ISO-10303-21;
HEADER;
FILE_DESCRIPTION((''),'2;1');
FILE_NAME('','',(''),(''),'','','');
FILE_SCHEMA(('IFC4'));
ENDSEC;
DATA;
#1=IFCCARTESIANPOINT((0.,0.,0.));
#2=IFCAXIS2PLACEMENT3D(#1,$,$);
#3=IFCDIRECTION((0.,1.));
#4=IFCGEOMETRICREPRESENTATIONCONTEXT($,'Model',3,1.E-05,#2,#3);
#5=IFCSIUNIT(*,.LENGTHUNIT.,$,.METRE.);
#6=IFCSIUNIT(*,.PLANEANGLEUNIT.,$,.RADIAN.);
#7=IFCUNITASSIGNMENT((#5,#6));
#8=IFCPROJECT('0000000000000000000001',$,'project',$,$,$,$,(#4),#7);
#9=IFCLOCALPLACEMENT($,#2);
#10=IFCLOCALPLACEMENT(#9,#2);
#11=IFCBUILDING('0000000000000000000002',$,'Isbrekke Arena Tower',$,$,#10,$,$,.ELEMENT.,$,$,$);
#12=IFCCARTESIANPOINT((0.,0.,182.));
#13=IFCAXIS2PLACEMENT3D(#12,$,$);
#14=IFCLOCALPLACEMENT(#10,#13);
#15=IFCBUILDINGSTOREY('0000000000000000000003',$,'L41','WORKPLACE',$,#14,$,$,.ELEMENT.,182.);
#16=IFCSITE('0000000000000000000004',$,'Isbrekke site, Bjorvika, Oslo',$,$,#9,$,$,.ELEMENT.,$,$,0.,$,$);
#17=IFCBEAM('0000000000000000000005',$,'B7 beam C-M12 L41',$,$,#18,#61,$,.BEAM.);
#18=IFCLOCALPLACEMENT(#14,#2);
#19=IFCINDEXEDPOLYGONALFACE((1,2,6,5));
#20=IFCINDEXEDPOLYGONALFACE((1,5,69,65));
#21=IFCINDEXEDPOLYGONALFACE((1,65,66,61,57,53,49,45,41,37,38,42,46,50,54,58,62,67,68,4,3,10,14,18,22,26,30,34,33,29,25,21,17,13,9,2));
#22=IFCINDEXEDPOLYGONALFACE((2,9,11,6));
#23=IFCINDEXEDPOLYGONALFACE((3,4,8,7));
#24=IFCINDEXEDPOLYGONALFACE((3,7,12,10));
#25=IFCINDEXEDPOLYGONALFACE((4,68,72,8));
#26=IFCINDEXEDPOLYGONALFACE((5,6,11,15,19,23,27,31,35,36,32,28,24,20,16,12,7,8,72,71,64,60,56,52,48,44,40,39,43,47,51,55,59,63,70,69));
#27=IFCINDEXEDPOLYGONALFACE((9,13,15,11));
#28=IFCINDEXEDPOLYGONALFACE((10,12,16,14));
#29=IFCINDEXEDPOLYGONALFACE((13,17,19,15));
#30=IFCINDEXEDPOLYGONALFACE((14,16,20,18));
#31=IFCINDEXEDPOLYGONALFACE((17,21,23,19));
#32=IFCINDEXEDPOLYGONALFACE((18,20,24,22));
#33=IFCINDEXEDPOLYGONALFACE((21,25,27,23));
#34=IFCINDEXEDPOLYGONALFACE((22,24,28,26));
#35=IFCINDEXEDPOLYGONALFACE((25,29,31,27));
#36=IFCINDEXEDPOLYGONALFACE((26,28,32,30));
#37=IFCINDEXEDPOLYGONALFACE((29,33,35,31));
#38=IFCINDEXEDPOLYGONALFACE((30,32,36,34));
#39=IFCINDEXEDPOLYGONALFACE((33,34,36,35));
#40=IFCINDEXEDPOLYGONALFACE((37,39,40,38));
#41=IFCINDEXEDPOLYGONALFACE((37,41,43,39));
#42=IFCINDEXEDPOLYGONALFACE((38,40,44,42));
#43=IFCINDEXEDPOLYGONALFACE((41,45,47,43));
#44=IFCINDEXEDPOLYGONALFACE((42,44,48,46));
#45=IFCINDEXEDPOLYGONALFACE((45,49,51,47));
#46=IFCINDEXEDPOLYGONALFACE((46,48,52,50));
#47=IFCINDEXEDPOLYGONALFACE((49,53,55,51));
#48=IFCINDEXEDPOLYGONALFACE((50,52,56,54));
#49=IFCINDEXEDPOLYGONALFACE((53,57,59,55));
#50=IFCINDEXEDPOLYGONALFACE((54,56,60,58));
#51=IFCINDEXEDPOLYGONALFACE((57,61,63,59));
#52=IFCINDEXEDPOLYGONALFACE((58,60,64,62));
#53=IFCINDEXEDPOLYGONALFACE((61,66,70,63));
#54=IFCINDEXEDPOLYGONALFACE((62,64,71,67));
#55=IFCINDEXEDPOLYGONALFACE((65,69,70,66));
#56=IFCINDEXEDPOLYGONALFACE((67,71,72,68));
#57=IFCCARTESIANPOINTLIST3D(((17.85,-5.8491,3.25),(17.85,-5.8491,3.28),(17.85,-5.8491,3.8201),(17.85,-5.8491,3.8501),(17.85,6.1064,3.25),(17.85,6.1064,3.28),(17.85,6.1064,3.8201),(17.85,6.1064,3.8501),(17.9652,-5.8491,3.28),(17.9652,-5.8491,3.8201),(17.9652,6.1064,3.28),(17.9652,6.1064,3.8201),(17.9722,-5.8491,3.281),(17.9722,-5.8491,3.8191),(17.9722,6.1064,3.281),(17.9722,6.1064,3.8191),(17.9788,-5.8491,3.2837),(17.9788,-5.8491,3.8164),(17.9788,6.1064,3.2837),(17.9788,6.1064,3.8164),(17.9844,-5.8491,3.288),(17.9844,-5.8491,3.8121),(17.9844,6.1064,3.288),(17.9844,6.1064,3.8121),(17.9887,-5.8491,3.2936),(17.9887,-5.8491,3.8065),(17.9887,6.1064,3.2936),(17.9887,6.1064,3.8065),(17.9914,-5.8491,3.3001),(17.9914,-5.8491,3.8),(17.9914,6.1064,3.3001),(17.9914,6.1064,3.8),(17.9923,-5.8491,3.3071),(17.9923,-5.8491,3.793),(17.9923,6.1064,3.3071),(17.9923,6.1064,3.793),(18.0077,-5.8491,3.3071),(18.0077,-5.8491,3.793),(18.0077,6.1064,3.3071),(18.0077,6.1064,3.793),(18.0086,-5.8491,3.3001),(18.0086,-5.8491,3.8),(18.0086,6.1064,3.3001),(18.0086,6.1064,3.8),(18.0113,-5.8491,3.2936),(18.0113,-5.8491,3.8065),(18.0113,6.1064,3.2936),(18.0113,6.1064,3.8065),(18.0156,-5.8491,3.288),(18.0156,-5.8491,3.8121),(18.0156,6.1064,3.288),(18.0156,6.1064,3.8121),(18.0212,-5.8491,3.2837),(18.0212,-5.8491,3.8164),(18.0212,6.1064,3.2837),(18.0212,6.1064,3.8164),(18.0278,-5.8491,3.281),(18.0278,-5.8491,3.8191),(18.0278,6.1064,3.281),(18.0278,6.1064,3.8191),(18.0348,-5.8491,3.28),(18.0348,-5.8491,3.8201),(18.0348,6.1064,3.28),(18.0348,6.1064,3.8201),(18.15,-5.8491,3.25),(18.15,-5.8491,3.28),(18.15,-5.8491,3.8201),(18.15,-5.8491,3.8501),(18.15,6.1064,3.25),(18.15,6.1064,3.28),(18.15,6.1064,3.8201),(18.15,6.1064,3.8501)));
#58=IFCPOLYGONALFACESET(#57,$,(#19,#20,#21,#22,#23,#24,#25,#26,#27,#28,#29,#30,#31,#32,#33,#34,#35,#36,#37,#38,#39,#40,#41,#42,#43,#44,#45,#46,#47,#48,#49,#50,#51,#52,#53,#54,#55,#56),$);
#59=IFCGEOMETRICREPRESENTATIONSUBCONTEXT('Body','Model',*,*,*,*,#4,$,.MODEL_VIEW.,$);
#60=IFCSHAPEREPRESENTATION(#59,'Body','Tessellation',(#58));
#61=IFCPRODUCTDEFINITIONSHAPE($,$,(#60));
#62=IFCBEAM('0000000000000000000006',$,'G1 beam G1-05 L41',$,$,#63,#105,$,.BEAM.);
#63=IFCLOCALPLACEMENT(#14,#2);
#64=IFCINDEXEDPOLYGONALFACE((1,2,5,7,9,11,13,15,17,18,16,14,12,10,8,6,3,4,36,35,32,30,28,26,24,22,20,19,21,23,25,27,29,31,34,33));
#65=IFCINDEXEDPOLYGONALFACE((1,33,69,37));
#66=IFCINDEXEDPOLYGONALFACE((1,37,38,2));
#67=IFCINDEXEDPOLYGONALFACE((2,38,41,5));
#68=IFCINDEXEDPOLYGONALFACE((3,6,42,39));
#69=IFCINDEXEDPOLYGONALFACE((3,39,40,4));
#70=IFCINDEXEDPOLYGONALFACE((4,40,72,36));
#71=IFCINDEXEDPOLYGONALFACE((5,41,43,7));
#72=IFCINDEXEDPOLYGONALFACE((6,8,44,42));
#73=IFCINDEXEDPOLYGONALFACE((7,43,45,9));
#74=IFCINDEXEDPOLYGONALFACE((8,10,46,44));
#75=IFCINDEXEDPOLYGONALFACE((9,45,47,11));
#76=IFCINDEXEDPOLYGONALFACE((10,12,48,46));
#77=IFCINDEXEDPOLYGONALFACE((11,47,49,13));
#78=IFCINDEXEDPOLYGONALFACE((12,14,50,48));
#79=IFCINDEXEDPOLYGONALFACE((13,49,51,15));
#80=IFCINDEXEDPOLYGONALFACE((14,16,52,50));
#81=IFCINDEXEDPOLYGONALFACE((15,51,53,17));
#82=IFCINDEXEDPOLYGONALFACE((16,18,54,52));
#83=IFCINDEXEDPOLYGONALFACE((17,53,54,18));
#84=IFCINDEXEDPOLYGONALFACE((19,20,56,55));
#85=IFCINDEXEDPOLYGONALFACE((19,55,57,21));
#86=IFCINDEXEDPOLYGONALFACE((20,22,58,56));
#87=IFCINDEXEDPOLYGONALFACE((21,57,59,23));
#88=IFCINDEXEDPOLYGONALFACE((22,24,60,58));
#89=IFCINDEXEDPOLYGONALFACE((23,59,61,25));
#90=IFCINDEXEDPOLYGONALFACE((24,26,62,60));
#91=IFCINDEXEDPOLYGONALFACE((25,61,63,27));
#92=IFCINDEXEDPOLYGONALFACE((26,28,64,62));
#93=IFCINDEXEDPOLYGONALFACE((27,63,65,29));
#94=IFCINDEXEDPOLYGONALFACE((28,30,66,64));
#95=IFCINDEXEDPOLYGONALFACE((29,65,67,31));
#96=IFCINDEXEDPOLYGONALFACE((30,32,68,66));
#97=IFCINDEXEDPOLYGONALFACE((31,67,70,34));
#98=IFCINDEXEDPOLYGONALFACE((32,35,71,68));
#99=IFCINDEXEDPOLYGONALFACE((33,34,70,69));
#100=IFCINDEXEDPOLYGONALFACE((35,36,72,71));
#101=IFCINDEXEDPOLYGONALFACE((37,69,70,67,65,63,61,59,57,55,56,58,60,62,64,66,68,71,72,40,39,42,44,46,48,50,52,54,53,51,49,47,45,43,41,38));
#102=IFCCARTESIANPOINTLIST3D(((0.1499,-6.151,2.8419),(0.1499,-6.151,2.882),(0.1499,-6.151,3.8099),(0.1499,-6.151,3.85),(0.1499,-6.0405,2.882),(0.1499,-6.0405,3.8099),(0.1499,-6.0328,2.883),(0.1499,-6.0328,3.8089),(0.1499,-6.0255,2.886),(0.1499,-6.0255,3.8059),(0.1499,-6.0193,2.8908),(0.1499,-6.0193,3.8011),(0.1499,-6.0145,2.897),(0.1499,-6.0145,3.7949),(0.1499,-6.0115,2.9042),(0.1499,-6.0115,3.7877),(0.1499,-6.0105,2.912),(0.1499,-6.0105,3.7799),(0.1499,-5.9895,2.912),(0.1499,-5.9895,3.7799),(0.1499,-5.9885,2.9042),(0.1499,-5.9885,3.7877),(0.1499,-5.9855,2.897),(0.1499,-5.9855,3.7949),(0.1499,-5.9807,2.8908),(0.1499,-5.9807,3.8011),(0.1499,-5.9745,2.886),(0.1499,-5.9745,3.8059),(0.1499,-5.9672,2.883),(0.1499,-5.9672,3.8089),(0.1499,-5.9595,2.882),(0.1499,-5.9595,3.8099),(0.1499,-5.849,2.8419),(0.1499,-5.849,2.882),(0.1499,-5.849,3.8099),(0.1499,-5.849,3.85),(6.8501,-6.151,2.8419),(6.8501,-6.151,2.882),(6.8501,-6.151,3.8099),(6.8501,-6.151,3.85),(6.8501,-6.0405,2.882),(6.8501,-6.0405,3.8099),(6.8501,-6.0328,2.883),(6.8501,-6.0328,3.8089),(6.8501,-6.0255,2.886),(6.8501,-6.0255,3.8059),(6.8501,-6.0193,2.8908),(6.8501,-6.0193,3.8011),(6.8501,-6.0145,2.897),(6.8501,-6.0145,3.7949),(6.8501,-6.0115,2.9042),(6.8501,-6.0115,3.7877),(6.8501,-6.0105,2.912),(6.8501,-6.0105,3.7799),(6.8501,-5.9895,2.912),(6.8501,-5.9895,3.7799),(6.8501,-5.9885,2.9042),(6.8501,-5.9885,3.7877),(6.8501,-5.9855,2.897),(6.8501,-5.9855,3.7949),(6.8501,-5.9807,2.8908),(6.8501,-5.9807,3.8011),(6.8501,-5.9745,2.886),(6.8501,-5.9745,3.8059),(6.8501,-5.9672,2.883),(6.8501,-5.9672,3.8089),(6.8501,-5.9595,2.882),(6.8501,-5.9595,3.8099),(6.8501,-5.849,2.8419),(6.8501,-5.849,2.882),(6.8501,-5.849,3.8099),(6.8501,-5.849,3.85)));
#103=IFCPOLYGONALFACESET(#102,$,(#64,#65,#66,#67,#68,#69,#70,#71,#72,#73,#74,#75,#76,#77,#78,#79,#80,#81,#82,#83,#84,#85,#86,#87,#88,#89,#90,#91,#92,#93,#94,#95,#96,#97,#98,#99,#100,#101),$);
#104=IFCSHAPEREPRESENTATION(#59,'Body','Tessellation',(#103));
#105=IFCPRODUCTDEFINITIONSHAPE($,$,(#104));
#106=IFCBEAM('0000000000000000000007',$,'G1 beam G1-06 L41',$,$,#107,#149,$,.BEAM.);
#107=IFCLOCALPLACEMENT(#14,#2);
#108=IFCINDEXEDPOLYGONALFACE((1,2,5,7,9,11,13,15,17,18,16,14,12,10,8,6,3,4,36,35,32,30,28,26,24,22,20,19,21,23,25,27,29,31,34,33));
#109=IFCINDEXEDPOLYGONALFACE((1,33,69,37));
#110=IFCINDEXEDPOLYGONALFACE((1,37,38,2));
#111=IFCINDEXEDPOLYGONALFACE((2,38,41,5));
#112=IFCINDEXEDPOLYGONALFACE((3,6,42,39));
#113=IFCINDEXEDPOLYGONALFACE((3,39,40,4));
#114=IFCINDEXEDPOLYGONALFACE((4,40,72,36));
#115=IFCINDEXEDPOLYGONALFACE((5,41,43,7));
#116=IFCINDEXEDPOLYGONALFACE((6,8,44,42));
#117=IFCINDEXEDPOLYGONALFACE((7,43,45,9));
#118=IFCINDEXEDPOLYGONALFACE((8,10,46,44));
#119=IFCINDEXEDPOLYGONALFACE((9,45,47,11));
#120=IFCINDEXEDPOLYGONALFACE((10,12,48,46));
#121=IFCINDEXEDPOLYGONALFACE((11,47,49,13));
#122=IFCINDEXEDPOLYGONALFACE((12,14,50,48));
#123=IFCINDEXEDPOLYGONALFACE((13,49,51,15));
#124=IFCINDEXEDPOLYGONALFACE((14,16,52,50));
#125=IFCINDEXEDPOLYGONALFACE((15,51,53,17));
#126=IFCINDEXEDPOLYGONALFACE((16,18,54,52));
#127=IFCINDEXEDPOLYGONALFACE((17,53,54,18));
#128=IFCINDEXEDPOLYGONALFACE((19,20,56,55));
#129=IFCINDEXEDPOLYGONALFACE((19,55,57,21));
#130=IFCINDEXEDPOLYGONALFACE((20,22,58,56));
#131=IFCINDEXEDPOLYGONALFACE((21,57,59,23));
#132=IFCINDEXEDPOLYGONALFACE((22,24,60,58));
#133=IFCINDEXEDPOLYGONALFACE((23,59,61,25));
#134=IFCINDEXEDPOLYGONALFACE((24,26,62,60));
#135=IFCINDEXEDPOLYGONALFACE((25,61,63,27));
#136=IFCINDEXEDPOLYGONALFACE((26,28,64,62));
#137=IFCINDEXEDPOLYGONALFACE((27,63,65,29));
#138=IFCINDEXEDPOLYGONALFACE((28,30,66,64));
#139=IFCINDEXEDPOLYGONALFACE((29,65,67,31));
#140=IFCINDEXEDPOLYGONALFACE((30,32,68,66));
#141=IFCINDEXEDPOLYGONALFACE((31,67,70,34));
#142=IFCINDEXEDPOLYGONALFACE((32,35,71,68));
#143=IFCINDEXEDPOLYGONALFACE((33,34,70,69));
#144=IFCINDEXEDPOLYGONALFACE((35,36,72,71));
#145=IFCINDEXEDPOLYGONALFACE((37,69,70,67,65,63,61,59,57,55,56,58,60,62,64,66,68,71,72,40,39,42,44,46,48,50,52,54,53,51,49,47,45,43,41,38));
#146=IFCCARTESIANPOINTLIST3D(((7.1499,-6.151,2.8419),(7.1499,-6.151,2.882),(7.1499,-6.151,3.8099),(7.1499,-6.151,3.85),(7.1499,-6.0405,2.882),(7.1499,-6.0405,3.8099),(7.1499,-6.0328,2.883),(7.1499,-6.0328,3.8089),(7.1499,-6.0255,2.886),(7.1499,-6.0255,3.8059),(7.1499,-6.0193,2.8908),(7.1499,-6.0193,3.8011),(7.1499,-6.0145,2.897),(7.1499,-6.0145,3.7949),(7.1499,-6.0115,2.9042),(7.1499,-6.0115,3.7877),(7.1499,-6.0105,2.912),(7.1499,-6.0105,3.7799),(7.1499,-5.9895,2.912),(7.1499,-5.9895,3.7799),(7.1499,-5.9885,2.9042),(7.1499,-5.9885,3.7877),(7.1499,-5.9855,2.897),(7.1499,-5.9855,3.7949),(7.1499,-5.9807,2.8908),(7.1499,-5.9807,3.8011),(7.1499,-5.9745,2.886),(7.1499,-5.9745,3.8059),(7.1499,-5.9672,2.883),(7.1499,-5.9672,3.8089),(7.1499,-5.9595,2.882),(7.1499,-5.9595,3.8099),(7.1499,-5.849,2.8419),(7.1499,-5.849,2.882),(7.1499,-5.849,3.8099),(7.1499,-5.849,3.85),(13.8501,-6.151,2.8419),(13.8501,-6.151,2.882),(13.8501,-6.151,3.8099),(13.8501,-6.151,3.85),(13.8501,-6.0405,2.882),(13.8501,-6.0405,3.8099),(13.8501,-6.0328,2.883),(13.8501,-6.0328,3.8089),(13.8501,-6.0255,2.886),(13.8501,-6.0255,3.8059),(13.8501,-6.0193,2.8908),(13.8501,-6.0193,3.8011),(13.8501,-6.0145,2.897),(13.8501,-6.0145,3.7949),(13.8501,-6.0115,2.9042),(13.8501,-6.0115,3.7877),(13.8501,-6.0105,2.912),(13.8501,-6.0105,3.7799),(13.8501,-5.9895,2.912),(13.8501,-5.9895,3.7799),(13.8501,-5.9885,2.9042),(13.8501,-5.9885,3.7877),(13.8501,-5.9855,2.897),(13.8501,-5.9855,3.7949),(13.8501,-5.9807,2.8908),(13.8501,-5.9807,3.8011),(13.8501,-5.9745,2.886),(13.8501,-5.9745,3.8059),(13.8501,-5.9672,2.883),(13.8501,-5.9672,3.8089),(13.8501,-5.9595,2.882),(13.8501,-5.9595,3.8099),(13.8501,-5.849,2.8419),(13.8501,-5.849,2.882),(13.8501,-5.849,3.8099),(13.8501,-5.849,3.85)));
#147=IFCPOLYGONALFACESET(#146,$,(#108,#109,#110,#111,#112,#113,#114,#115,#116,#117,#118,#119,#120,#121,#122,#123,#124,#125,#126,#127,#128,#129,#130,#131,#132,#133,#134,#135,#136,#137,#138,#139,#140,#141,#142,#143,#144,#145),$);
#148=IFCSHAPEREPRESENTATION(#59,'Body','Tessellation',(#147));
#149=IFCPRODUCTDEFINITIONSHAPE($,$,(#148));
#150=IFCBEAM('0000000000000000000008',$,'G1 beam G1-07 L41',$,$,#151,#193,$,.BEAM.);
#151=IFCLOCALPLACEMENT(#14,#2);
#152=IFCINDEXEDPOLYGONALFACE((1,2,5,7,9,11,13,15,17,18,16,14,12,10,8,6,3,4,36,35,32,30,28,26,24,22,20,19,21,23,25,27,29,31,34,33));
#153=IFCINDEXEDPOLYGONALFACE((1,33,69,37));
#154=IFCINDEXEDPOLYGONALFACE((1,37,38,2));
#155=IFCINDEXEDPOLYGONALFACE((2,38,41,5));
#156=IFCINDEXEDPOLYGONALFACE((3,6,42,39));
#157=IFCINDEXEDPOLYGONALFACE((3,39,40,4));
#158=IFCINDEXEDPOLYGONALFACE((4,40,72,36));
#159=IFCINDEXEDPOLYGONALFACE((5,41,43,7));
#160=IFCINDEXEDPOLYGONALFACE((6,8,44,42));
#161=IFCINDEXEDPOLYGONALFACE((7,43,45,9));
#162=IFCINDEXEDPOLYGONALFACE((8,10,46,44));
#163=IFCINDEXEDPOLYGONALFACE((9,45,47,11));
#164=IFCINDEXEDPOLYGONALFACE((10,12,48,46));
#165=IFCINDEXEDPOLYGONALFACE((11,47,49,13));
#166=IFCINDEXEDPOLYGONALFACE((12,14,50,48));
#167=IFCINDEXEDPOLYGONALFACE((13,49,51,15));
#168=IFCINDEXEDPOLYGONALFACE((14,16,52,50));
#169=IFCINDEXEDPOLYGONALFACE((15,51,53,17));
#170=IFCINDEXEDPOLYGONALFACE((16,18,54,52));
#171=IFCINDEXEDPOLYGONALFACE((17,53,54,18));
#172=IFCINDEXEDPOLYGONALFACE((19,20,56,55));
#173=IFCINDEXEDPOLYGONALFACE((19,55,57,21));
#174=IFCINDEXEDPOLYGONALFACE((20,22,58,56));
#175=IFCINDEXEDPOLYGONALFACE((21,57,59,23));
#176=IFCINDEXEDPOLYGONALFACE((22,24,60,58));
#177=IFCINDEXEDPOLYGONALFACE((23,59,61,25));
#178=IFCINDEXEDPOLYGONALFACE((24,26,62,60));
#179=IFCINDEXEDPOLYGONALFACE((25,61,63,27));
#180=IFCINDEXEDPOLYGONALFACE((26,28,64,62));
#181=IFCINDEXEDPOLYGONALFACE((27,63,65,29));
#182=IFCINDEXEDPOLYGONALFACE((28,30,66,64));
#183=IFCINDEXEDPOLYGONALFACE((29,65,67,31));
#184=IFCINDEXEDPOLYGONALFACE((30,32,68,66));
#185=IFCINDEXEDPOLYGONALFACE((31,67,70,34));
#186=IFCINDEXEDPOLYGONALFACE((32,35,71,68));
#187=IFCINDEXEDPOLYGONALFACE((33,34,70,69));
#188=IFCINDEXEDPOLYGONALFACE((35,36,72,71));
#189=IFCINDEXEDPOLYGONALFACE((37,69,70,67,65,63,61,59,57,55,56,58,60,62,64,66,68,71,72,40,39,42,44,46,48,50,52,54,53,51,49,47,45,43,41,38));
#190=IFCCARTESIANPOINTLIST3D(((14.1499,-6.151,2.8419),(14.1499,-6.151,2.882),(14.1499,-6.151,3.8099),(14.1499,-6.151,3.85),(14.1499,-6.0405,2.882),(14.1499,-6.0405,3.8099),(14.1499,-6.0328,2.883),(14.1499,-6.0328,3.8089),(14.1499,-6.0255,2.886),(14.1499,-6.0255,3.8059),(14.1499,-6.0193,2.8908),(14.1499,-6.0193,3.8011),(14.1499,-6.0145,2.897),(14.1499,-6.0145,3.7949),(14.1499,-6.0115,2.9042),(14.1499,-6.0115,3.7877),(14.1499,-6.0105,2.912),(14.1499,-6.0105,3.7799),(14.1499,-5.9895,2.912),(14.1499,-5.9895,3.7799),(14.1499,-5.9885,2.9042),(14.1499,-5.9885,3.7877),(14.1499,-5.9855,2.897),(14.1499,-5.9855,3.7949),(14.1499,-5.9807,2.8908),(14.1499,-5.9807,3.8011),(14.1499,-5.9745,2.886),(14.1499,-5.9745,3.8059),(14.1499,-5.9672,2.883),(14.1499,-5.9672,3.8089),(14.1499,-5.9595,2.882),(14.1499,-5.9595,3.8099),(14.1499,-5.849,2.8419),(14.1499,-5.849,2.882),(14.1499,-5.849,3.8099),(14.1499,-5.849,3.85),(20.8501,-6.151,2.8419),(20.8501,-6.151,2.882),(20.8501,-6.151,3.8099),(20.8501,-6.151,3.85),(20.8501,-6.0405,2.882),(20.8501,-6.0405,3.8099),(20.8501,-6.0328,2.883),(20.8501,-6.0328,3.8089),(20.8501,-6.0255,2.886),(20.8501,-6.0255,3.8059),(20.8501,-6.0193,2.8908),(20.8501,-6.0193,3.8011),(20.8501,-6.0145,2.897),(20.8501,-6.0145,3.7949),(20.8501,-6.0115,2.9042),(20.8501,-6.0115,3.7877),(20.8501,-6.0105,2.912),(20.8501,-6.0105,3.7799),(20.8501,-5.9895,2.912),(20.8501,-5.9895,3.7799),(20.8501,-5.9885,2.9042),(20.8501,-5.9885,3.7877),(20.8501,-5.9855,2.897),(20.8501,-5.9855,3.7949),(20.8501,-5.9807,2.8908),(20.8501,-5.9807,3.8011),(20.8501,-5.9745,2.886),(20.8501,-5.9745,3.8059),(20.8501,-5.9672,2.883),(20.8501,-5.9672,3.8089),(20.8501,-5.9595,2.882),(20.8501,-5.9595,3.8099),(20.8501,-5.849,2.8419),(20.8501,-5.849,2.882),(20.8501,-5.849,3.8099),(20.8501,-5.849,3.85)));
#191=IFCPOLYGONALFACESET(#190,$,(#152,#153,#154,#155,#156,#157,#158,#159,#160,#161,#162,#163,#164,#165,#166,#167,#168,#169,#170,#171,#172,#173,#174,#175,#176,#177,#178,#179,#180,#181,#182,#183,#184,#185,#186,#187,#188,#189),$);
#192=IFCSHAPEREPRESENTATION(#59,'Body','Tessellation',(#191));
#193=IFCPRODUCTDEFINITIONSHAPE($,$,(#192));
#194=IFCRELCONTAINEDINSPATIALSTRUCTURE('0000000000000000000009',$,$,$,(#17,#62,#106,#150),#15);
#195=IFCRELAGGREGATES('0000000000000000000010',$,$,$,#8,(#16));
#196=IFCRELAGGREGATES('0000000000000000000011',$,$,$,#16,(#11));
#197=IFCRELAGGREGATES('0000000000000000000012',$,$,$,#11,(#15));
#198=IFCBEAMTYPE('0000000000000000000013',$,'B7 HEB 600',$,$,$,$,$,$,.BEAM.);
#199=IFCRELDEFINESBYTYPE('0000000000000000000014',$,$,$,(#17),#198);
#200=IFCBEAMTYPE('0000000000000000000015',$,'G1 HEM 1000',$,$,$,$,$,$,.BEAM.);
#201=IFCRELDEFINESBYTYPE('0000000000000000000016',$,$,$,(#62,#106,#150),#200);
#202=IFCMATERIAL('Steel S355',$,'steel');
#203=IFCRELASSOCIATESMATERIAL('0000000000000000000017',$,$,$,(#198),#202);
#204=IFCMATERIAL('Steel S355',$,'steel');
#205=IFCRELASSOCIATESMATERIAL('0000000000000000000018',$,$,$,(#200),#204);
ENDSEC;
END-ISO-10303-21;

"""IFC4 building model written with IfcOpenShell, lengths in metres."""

from ifc_helpers import new_model, si_unit, direction, frame, origin, origin_2d, place, context, subcontext, project, spatial, i_section, extrude, material, material_profile, profile_set, type_object, element, save


model = new_model("IFC4")

# Units and contexts
model_context = context("Model", 3, precision=1e-05, world=origin(), true_north=direction((0.0, 1.0)))
body_context = subcontext(model_context, "Body", "Model", "MODEL_VIEW")
ifc_project = project(units=[si_unit("LENGTHUNIT", "METRE"), si_unit("PLANEANGLEUNIT", "RADIAN")], contexts=[model_context])

# Site, building, storey
site_placement = place(None, origin())
site = spatial("IfcSite", under=ifc_project, at=site_placement, Name="Isbrekke site, Bjorvika, Oslo", CompositionType="ELEMENT", RefElevation=0.0)
building_placement = place(site_placement, origin())
building = spatial("IfcBuilding", under=site, at=building_placement, Name="Isbrekke Arena Tower", CompositionType="ELEMENT")
storey_placement = place(building_placement, frame((0.0, 0.0, 182.0)))
storey = spatial("IfcBuildingStorey", under=building, at=storey_placement, Name="L41", Description="WORKPLACE", CompositionType="ELEMENT", Elevation=182.0)

# Beams
ifc_material_1 = material(Name="Steel S355", Category="steel")
ifc_material_profile_1 = material_profile(ifc_material_1, i_section(OverallWidth=0.3, OverallDepth=0.6001, WebThickness=0.0154, FlangeThickness=0.03, FilletRadius=0.0271, at=origin_2d()), Name="HEB 600")
ifc_profile_set_1 = profile_set([ifc_material_profile_1], Name="Steel S355")
beam_type_1 = type_object("IfcBeamType", Name="B7 HEB 600", PredefinedType="BEAM", material=ifc_profile_set_1)
beam_1_placement = place(storey_placement, frame((18.0, -5.8491, 3.55), z_axis=(0.0, 1.0, 0.0), x_axis=(-1.0, 0.0, 0.0)))
element("IfcBeam", 1, at=beam_1_placement, inside=storey, type_object=beam_type_1, Name="B7 beam C-M12 L41", PredefinedType="BEAM", context=body_context, shape_type="SweptSolid", body=[
    extrude(i_section(OverallWidth=0.3, OverallDepth=0.6001, WebThickness=0.0154, FlangeThickness=0.03, FilletRadius=0.0271, at=origin_2d()), origin(), (0.0, 0.0, 1.0), 11.9556),
])
ifc_material_2 = material(Name="Steel S355", Category="steel")
ifc_material_profile_2 = material_profile(ifc_material_2, i_section(OverallWidth=0.302, OverallDepth=1.0081, WebThickness=0.021, FlangeThickness=0.04, FilletRadius=0.03, at=origin_2d()), Name="HEM 1000")
ifc_profile_set_2 = profile_set([ifc_material_profile_2], Name="Steel S355")
beam_type_2 = type_object("IfcBeamType", Name="G1 HEM 1000", PredefinedType="BEAM", material=ifc_profile_set_2)
for number, where, z_axis, x_axis, name in (
    (2, (0.1499, -6.0, 3.3459), (1.0, 0.0, 0.0), (0.0, 1.0, 0.0), "G1 beam G1-05 L41"),
    (3, (7.1499, -6.0, 3.3459), (1.0, 0.0, 0.0), (0.0, 1.0, 0.0), "G1 beam G1-06 L41"),
    (4, (14.1499, -6.0, 3.3459), (1.0, 0.0, 0.0), (0.0, 1.0, 0.0), "G1 beam G1-07 L41"),
):
    element("IfcBeam", number, at=place(storey_placement, frame(where, z_axis=z_axis, x_axis=x_axis)), inside=storey, type_object=beam_type_2, Name=name, PredefinedType="BEAM", context=body_context, shape_type="SweptSolid", body=[
        extrude(i_section(OverallWidth=0.302, OverallDepth=1.0081, WebThickness=0.021, FlangeThickness=0.04, FilletRadius=0.03, at=origin_2d()), origin(), (0.0, 0.0, 1.0), 6.7002),
    ])

save(model, "model.ifc")
